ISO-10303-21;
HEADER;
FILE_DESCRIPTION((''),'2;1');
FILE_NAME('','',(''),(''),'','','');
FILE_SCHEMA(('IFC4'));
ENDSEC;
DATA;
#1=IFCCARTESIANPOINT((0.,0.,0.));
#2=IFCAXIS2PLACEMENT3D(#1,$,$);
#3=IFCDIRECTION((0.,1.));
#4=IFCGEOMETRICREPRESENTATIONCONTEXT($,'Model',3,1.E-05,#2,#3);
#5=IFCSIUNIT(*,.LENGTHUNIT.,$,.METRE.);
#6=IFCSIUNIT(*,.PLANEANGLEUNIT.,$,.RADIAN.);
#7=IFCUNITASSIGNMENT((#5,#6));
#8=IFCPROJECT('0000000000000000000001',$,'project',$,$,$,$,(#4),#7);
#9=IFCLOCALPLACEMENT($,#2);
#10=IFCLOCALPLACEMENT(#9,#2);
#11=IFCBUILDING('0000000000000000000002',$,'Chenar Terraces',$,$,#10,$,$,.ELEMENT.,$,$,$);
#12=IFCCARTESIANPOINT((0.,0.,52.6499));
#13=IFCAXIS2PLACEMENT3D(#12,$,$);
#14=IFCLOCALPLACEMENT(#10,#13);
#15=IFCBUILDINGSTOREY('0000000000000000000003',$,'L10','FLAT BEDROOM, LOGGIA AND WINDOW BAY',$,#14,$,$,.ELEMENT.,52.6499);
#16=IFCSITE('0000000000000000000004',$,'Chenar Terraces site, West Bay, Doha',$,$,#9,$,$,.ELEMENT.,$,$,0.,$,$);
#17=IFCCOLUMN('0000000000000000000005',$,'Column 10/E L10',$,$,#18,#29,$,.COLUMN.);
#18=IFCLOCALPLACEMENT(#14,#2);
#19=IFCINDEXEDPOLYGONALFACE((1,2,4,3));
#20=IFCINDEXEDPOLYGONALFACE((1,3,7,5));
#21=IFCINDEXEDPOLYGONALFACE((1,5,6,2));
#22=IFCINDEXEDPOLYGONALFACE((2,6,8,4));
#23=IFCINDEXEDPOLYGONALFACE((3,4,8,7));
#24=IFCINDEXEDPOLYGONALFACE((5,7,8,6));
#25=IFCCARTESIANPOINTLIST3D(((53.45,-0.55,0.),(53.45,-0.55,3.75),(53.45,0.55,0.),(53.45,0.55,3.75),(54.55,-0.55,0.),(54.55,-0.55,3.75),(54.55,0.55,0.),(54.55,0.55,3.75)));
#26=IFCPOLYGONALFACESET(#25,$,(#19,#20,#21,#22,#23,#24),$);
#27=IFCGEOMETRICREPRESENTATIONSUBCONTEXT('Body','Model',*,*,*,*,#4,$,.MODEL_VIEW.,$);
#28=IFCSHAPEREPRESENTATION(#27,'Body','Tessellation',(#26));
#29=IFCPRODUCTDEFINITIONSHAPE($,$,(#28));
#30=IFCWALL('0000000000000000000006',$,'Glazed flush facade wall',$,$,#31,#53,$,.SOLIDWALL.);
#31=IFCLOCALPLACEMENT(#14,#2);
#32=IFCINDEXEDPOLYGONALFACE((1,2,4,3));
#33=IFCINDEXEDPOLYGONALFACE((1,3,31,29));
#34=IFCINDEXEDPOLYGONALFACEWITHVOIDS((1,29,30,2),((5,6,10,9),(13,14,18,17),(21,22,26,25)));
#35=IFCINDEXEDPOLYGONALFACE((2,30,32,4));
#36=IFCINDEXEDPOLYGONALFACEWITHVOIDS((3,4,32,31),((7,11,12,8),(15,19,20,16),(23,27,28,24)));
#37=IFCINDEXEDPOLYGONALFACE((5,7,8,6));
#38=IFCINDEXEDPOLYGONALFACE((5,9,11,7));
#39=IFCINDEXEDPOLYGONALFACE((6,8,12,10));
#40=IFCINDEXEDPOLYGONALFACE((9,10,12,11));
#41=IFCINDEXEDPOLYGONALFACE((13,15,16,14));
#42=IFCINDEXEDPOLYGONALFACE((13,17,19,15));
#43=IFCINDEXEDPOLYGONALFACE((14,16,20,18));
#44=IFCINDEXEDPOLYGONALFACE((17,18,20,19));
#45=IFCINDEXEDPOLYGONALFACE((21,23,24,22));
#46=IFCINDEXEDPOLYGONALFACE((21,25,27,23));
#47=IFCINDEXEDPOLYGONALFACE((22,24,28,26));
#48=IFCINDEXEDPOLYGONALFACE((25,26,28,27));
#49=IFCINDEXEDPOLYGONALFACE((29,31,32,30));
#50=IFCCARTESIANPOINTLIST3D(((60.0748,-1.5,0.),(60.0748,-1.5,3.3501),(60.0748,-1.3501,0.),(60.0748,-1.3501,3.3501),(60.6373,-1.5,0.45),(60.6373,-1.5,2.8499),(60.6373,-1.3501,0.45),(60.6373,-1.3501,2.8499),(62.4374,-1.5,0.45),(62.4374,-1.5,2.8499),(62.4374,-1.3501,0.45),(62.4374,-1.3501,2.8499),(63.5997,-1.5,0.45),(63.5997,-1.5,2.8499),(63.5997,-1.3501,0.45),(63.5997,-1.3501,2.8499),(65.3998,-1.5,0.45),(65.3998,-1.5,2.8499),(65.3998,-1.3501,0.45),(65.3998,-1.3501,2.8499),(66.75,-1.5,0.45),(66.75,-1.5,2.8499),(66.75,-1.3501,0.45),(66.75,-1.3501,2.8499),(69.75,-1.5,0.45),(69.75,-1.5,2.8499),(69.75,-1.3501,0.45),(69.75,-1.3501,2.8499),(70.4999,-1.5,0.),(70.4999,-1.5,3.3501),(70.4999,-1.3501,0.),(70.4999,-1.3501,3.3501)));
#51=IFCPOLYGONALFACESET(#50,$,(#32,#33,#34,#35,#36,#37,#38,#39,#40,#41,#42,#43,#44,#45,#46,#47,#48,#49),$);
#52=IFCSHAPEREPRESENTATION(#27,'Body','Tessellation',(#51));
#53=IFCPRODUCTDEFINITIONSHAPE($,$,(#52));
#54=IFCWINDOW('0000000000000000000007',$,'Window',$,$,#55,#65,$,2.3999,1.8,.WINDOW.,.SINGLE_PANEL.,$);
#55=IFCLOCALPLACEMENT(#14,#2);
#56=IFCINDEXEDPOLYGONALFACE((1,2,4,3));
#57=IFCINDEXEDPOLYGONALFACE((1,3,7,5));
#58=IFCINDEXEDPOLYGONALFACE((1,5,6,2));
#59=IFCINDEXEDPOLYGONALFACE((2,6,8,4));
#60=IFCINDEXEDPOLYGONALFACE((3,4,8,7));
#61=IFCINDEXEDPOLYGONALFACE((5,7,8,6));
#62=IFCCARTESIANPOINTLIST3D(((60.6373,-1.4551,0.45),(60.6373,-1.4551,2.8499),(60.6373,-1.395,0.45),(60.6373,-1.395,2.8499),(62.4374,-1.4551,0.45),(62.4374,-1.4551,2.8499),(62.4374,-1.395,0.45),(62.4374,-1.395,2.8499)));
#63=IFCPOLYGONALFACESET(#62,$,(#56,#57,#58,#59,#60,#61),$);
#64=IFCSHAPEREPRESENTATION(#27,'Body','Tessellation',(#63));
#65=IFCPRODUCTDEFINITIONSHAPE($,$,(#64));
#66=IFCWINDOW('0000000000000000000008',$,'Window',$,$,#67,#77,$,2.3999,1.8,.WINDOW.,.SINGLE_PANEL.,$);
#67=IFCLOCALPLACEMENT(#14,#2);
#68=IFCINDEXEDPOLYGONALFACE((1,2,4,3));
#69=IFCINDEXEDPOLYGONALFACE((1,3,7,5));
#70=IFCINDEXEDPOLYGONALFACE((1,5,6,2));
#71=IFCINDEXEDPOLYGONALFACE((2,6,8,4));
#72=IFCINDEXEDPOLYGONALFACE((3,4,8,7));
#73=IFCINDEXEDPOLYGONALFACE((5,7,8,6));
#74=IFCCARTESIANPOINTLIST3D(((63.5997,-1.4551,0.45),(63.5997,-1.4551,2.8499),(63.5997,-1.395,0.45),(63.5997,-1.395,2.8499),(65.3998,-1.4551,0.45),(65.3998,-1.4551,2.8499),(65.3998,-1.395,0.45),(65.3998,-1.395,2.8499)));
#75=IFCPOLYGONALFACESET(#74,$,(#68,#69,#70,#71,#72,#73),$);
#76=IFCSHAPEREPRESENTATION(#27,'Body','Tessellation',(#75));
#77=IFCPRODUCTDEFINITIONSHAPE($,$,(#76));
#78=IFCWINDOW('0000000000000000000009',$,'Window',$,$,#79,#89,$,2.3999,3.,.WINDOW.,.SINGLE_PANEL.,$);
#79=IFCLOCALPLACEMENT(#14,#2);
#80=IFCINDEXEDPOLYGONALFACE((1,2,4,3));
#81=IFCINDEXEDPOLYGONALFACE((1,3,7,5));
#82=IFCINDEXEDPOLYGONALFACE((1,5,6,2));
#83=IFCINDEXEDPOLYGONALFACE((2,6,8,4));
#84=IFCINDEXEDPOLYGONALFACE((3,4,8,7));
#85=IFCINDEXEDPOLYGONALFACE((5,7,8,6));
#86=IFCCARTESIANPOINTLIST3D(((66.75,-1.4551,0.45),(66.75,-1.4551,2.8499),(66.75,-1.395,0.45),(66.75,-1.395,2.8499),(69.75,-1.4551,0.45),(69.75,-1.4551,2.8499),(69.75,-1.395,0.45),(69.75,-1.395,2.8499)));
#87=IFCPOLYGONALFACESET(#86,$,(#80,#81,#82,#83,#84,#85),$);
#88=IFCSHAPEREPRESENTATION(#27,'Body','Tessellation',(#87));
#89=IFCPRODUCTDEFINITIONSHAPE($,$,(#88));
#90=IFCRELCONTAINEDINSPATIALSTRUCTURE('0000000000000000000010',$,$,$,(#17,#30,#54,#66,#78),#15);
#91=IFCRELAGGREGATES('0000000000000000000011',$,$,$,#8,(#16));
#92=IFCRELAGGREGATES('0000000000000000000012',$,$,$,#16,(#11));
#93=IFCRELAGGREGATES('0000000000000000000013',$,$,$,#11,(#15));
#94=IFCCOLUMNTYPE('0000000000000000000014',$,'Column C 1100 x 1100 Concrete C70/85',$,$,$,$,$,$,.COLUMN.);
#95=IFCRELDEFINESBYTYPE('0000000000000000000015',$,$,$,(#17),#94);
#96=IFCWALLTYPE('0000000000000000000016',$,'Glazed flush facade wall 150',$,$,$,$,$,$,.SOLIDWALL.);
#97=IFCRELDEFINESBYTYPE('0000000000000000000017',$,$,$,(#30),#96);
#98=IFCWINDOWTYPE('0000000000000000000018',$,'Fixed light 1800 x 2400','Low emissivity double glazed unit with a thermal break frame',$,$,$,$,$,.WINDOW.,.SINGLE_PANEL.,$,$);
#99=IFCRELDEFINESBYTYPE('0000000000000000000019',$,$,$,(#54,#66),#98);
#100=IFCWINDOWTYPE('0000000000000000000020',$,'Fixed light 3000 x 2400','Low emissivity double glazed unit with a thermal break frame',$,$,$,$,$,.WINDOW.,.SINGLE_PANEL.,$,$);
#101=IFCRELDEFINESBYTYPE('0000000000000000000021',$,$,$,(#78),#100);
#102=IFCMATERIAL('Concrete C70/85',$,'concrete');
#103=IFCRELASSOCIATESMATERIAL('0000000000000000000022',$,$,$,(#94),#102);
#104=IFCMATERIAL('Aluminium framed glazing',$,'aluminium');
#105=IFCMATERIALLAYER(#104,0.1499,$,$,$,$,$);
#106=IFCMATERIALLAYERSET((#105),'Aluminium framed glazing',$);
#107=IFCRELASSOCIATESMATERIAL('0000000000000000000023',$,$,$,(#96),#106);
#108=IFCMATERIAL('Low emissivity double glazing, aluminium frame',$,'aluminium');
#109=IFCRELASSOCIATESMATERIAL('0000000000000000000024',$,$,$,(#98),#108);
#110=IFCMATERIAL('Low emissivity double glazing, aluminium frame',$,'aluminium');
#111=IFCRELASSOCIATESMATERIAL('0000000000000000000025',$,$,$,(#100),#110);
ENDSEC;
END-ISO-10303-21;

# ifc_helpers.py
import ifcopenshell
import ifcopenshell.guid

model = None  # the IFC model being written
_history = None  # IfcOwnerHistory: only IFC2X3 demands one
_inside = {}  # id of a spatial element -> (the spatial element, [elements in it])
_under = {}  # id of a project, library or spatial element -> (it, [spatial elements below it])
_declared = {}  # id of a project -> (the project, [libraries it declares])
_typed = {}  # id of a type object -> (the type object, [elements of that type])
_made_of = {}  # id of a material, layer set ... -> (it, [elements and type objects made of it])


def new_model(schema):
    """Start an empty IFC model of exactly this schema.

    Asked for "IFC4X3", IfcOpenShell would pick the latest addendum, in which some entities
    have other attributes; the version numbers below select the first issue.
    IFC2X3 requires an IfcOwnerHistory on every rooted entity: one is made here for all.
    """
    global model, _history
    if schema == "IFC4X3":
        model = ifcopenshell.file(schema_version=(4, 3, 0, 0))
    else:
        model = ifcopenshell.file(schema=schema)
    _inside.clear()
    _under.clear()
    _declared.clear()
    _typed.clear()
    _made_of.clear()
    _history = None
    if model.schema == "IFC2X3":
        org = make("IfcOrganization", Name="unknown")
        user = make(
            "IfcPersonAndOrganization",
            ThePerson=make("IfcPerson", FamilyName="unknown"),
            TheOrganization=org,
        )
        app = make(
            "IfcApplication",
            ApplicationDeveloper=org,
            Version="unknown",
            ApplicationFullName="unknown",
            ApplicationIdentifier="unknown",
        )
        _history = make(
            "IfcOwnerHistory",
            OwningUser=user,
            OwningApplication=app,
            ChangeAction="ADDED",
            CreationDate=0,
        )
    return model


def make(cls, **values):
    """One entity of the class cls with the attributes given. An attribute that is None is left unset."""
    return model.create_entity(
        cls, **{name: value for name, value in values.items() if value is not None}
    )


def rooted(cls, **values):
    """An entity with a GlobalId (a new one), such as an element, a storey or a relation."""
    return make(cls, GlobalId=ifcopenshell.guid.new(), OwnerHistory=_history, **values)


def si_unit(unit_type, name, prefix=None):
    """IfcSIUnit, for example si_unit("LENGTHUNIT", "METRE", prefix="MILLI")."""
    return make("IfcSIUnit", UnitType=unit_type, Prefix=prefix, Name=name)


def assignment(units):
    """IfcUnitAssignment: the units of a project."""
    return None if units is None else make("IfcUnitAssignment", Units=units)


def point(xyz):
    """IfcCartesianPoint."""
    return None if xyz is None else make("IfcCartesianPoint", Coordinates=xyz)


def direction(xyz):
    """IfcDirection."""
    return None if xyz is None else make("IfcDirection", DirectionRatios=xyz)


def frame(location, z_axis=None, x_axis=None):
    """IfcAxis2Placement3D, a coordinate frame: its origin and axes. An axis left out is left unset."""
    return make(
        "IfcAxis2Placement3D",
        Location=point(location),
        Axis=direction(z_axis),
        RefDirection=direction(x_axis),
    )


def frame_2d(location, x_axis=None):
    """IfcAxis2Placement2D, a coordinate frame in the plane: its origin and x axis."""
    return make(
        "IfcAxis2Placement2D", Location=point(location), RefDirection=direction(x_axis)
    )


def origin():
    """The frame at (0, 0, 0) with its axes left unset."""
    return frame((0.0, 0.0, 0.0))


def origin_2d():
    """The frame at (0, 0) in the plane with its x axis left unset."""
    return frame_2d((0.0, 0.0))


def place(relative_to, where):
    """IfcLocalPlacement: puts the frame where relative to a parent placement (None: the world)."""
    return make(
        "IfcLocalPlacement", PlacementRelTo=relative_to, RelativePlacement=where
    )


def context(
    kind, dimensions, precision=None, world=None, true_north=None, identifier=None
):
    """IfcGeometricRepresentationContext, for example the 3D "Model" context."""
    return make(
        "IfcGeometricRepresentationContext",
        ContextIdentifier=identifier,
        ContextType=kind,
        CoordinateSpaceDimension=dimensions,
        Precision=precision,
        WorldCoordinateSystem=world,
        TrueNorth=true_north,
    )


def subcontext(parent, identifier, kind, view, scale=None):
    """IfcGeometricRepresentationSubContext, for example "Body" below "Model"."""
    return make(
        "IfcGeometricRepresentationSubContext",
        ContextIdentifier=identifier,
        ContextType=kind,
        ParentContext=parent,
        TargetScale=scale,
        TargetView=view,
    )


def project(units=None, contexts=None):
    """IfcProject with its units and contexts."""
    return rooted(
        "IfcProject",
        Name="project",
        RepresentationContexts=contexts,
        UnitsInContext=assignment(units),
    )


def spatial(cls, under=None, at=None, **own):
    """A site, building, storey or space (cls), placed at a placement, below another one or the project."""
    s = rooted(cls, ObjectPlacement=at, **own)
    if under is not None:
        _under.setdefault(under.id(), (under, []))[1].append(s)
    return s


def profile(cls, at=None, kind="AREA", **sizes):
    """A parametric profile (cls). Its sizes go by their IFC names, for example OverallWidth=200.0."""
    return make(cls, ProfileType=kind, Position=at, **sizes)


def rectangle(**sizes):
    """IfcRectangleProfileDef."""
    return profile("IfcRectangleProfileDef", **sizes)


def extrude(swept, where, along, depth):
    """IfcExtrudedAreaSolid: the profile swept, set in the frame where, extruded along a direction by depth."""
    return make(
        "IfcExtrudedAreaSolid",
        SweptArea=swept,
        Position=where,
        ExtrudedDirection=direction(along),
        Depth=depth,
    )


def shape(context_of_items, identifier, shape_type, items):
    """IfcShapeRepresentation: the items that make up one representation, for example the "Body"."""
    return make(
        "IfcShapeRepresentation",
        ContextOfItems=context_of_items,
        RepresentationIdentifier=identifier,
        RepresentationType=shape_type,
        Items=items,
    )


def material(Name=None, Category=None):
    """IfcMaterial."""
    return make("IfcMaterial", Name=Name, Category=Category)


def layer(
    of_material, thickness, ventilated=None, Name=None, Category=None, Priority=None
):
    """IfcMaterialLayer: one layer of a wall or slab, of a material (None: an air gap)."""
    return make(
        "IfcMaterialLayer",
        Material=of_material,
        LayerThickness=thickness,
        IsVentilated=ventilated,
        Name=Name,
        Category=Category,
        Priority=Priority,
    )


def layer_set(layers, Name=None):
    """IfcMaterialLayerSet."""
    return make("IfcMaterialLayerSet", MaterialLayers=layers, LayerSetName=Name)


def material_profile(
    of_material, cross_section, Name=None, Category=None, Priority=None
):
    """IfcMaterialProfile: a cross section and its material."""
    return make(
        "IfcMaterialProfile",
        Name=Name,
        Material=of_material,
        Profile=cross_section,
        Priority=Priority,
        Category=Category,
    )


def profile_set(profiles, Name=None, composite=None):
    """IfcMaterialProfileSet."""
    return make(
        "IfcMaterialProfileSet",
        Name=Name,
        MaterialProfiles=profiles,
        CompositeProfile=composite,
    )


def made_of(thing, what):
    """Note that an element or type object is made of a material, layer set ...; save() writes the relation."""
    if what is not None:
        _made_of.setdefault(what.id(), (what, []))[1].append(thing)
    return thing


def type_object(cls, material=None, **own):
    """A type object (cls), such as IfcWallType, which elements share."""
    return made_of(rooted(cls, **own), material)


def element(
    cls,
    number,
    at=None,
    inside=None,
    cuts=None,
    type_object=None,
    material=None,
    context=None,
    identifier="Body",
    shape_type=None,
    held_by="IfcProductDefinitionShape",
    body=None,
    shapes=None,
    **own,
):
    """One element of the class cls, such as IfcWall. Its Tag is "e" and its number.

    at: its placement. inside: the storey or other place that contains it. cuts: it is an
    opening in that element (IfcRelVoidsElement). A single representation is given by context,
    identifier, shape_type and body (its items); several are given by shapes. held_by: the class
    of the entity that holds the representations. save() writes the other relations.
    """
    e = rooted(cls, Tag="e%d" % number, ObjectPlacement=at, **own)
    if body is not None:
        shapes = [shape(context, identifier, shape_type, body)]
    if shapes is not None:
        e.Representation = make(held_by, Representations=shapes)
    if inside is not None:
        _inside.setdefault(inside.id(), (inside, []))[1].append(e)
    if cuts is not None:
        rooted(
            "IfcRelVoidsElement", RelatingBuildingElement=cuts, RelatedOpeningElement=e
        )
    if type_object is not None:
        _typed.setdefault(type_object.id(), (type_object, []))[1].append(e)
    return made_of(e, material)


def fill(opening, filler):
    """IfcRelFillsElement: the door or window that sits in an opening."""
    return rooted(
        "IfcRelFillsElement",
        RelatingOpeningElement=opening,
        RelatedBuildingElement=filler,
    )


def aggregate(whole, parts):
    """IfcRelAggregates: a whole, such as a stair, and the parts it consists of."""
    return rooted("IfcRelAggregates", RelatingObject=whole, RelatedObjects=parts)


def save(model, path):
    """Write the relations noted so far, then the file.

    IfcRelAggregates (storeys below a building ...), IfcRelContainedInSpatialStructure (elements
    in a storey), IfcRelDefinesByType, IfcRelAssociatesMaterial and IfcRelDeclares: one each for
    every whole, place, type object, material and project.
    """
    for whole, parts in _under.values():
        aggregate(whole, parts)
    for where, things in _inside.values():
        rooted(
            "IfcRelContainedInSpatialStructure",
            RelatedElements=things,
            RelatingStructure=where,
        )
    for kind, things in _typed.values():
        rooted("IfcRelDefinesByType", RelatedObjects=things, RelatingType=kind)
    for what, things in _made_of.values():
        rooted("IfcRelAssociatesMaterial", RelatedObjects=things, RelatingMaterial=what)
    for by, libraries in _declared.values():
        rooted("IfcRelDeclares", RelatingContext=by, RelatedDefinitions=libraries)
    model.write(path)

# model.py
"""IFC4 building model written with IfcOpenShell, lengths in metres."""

from ifc_helpers import new_model, si_unit, direction, frame, frame_2d, origin, origin_2d, place, context, subcontext, project, spatial, rectangle, extrude, material, layer, layer_set, material_profile, profile_set, type_object, element, fill, save


model = new_model("IFC4")

# Units and contexts
model_context = context("Model", 3, precision=1e-05, world=origin(), true_north=direction((0.0, 1.0)))
body_context = subcontext(model_context, "Body", "Model", "MODEL_VIEW")
ifc_project = project(units=[si_unit("LENGTHUNIT", "METRE"), si_unit("PLANEANGLEUNIT", "RADIAN")], contexts=[model_context])

# Site, building, storey
site_placement = place(None, origin())
site = spatial("IfcSite", under=ifc_project, at=site_placement, Name="Chenar Terraces site, West Bay, Doha", CompositionType="ELEMENT", RefElevation=0.0)
building_placement = place(site_placement, origin())
building = spatial("IfcBuilding", under=site, at=building_placement, Name="Chenar Terraces", CompositionType="ELEMENT")
storey_placement = place(building_placement, frame((0.0, 0.0, 52.6499)))
storey = spatial("IfcBuildingStorey", under=building, at=storey_placement, Name="L10", Description="FLAT BEDROOM, LOGGIA AND WINDOW BAY", CompositionType="ELEMENT", Elevation=52.6499)

# Column
ifc_material_1 = material(Name="Concrete C70/85", Category="concrete")
ifc_material_profile = material_profile(ifc_material_1, rectangle(XDim=1.1001, YDim=1.1001, at=origin_2d()), Name="C 1100 x 1100")
ifc_profile_set = profile_set([ifc_material_profile], Name="Concrete C70/85")
column_type = type_object("IfcColumnType", Name="Column C 1100 x 1100 Concrete C70/85", PredefinedType="COLUMN", material=ifc_profile_set)
column_placement = place(storey_placement, frame((54.0, 0.0, 0.0), z_axis=(0.0, 0.0, 1.0), x_axis=(1.0, 0.0, 0.0)))
element("IfcColumn", 1, at=column_placement, inside=storey, type_object=column_type, Name="Column 10/E L10", PredefinedType="COLUMN", context=body_context, shape_type="SweptSolid", body=[
    extrude(rectangle(XDim=1.1001, YDim=1.1001, at=origin_2d()), origin(), (0.0, 0.0, 1.0), 3.75),
])

# Wall, openings, windows
ifc_material_2 = material(Name="Aluminium framed glazing", Category="aluminium")
ifc_layer_1 = layer(ifc_material_2, 0.1499)
ifc_layer_set_1 = layer_set([ifc_layer_1], Name="Aluminium framed glazing")
wall_type_1 = type_object("IfcWallType", Name="Glazed flush facade wall 150", PredefinedType="SOLIDWALL", material=ifc_layer_set_1)
wall_1_placement = place(storey_placement, frame((60.075, -1.425, 0.0), z_axis=(0.0, 0.0, 1.0), x_axis=(1.0, 0.0, 0.0)))
wall_1 = element("IfcWall", 2, at=wall_1_placement, inside=storey, type_object=wall_type_1, Name="Glazed flush facade wall", PredefinedType="SOLIDWALL", context=body_context, shape_type="SweptSolid", body=[
    extrude(rectangle(XDim=10.425, YDim=0.1499, at=frame_2d((5.2124, 0.0))), origin(), (0.0, 0.0, 1.0), 3.3501),
])
opening_1_placement = place(wall_1_placement, frame((0.5625, 0.0, 0.45)))
opening_1 = element("IfcOpeningElement", 3, at=opening_1_placement, cuts=wall_1, PredefinedType="OPENING", context=body_context, shape_type="SweptSolid", body=[
    extrude(rectangle(XDim=1.8, YDim=2.3999, at=frame_2d((0.8999, 1.2))), frame((0.0, 0.085, 0.0), z_axis=(0.0, -1.0, 0.0), x_axis=(1.0, 0.0, 0.0)), (0.0, 0.0, 1.0), 0.1699),
])
opening_2_placement = place(wall_1_placement, frame((3.5249, 0.0, 0.45)))
opening_2 = element("IfcOpeningElement", 4, at=opening_2_placement, cuts=wall_1, PredefinedType="OPENING", context=body_context, shape_type="SweptSolid", body=[
    extrude(rectangle(XDim=1.8, YDim=2.3999, at=frame_2d((0.8999, 1.2))), frame((0.0, 0.085, 0.0), z_axis=(0.0, -1.0, 0.0), x_axis=(1.0, 0.0, 0.0)), (0.0, 0.0, 1.0), 0.1699),
])
opening_3_placement = place(wall_1_placement, frame((6.675, 0.0, 0.45)))
opening_3 = element("IfcOpeningElement", 5, at=opening_3_placement, cuts=wall_1, PredefinedType="OPENING", context=body_context, shape_type="SweptSolid", body=[
    extrude(rectangle(XDim=3.0, YDim=2.3999, at=frame_2d((1.5, 1.2))), frame((0.0, 0.085, 0.0), z_axis=(0.0, -1.0, 0.0), x_axis=(1.0, 0.0, 0.0)), (0.0, 0.0, 1.0), 0.1699),
])
ifc_material_3 = material(Name="Low emissivity double glazing, aluminium frame", Category="aluminium")
window_type_1 = type_object("IfcWindowType", Name="Fixed light 1800 x 2400", Description="Low emissivity double glazed unit with a thermal break frame", PartitioningType="SINGLE_PANEL", PredefinedType="WINDOW", material=ifc_material_3)
window_1_placement = place(opening_1_placement, origin())
window_1 = element("IfcWindow", 6, at=window_1_placement, inside=storey, type_object=window_type_1, Name="Window", OverallHeight=2.3999, OverallWidth=1.8, PartitioningType="SINGLE_PANEL", PredefinedType="WINDOW", context=body_context, shape_type="SweptSolid", body=[
    extrude(rectangle(XDim=1.8, YDim=2.3999, at=frame_2d((0.8999, 1.2))), frame((0.0, 0.03, 0.0), z_axis=(0.0, -1.0, 0.0), x_axis=(1.0, 0.0, 0.0)), (0.0, 0.0, 1.0), 0.0601),
])
fill(opening_1, window_1)
window_2_placement = place(opening_2_placement, origin())
window_2 = element("IfcWindow", 7, at=window_2_placement, inside=storey, type_object=window_type_1, Name="Window", OverallHeight=2.3999, OverallWidth=1.8, PartitioningType="SINGLE_PANEL", PredefinedType="WINDOW", context=body_context, shape_type="SweptSolid", body=[
    extrude(rectangle(XDim=1.8, YDim=2.3999, at=frame_2d((0.8999, 1.2))), frame((0.0, 0.03, 0.0), z_axis=(0.0, -1.0, 0.0), x_axis=(1.0, 0.0, 0.0)), (0.0, 0.0, 1.0), 0.0601),
])
fill(opening_2, window_2)
ifc_material_4 = material(Name="Low emissivity double glazing, aluminium frame", Category="aluminium")
window_type_2 = type_object("IfcWindowType", Name="Fixed light 3000 x 2400", Description="Low emissivity double glazed unit with a thermal break frame", PartitioningType="SINGLE_PANEL", PredefinedType="WINDOW", material=ifc_material_4)
window_3_placement = place(opening_3_placement, origin())
window_3 = element("IfcWindow", 8, at=window_3_placement, inside=storey, type_object=window_type_2, Name="Window", OverallHeight=2.3999, OverallWidth=3.0, PartitioningType="SINGLE_PANEL", PredefinedType="WINDOW", context=body_context, shape_type="SweptSolid", body=[
    extrude(rectangle(XDim=3.0, YDim=2.3999, at=frame_2d((1.5, 1.2))), frame((0.0, 0.03, 0.0), z_axis=(0.0, -1.0, 0.0), x_axis=(1.0, 0.0, 0.0)), (0.0, 0.0, 1.0), 0.0601),
])
fill(opening_3, window_3)

save(model, "model.ifc")
